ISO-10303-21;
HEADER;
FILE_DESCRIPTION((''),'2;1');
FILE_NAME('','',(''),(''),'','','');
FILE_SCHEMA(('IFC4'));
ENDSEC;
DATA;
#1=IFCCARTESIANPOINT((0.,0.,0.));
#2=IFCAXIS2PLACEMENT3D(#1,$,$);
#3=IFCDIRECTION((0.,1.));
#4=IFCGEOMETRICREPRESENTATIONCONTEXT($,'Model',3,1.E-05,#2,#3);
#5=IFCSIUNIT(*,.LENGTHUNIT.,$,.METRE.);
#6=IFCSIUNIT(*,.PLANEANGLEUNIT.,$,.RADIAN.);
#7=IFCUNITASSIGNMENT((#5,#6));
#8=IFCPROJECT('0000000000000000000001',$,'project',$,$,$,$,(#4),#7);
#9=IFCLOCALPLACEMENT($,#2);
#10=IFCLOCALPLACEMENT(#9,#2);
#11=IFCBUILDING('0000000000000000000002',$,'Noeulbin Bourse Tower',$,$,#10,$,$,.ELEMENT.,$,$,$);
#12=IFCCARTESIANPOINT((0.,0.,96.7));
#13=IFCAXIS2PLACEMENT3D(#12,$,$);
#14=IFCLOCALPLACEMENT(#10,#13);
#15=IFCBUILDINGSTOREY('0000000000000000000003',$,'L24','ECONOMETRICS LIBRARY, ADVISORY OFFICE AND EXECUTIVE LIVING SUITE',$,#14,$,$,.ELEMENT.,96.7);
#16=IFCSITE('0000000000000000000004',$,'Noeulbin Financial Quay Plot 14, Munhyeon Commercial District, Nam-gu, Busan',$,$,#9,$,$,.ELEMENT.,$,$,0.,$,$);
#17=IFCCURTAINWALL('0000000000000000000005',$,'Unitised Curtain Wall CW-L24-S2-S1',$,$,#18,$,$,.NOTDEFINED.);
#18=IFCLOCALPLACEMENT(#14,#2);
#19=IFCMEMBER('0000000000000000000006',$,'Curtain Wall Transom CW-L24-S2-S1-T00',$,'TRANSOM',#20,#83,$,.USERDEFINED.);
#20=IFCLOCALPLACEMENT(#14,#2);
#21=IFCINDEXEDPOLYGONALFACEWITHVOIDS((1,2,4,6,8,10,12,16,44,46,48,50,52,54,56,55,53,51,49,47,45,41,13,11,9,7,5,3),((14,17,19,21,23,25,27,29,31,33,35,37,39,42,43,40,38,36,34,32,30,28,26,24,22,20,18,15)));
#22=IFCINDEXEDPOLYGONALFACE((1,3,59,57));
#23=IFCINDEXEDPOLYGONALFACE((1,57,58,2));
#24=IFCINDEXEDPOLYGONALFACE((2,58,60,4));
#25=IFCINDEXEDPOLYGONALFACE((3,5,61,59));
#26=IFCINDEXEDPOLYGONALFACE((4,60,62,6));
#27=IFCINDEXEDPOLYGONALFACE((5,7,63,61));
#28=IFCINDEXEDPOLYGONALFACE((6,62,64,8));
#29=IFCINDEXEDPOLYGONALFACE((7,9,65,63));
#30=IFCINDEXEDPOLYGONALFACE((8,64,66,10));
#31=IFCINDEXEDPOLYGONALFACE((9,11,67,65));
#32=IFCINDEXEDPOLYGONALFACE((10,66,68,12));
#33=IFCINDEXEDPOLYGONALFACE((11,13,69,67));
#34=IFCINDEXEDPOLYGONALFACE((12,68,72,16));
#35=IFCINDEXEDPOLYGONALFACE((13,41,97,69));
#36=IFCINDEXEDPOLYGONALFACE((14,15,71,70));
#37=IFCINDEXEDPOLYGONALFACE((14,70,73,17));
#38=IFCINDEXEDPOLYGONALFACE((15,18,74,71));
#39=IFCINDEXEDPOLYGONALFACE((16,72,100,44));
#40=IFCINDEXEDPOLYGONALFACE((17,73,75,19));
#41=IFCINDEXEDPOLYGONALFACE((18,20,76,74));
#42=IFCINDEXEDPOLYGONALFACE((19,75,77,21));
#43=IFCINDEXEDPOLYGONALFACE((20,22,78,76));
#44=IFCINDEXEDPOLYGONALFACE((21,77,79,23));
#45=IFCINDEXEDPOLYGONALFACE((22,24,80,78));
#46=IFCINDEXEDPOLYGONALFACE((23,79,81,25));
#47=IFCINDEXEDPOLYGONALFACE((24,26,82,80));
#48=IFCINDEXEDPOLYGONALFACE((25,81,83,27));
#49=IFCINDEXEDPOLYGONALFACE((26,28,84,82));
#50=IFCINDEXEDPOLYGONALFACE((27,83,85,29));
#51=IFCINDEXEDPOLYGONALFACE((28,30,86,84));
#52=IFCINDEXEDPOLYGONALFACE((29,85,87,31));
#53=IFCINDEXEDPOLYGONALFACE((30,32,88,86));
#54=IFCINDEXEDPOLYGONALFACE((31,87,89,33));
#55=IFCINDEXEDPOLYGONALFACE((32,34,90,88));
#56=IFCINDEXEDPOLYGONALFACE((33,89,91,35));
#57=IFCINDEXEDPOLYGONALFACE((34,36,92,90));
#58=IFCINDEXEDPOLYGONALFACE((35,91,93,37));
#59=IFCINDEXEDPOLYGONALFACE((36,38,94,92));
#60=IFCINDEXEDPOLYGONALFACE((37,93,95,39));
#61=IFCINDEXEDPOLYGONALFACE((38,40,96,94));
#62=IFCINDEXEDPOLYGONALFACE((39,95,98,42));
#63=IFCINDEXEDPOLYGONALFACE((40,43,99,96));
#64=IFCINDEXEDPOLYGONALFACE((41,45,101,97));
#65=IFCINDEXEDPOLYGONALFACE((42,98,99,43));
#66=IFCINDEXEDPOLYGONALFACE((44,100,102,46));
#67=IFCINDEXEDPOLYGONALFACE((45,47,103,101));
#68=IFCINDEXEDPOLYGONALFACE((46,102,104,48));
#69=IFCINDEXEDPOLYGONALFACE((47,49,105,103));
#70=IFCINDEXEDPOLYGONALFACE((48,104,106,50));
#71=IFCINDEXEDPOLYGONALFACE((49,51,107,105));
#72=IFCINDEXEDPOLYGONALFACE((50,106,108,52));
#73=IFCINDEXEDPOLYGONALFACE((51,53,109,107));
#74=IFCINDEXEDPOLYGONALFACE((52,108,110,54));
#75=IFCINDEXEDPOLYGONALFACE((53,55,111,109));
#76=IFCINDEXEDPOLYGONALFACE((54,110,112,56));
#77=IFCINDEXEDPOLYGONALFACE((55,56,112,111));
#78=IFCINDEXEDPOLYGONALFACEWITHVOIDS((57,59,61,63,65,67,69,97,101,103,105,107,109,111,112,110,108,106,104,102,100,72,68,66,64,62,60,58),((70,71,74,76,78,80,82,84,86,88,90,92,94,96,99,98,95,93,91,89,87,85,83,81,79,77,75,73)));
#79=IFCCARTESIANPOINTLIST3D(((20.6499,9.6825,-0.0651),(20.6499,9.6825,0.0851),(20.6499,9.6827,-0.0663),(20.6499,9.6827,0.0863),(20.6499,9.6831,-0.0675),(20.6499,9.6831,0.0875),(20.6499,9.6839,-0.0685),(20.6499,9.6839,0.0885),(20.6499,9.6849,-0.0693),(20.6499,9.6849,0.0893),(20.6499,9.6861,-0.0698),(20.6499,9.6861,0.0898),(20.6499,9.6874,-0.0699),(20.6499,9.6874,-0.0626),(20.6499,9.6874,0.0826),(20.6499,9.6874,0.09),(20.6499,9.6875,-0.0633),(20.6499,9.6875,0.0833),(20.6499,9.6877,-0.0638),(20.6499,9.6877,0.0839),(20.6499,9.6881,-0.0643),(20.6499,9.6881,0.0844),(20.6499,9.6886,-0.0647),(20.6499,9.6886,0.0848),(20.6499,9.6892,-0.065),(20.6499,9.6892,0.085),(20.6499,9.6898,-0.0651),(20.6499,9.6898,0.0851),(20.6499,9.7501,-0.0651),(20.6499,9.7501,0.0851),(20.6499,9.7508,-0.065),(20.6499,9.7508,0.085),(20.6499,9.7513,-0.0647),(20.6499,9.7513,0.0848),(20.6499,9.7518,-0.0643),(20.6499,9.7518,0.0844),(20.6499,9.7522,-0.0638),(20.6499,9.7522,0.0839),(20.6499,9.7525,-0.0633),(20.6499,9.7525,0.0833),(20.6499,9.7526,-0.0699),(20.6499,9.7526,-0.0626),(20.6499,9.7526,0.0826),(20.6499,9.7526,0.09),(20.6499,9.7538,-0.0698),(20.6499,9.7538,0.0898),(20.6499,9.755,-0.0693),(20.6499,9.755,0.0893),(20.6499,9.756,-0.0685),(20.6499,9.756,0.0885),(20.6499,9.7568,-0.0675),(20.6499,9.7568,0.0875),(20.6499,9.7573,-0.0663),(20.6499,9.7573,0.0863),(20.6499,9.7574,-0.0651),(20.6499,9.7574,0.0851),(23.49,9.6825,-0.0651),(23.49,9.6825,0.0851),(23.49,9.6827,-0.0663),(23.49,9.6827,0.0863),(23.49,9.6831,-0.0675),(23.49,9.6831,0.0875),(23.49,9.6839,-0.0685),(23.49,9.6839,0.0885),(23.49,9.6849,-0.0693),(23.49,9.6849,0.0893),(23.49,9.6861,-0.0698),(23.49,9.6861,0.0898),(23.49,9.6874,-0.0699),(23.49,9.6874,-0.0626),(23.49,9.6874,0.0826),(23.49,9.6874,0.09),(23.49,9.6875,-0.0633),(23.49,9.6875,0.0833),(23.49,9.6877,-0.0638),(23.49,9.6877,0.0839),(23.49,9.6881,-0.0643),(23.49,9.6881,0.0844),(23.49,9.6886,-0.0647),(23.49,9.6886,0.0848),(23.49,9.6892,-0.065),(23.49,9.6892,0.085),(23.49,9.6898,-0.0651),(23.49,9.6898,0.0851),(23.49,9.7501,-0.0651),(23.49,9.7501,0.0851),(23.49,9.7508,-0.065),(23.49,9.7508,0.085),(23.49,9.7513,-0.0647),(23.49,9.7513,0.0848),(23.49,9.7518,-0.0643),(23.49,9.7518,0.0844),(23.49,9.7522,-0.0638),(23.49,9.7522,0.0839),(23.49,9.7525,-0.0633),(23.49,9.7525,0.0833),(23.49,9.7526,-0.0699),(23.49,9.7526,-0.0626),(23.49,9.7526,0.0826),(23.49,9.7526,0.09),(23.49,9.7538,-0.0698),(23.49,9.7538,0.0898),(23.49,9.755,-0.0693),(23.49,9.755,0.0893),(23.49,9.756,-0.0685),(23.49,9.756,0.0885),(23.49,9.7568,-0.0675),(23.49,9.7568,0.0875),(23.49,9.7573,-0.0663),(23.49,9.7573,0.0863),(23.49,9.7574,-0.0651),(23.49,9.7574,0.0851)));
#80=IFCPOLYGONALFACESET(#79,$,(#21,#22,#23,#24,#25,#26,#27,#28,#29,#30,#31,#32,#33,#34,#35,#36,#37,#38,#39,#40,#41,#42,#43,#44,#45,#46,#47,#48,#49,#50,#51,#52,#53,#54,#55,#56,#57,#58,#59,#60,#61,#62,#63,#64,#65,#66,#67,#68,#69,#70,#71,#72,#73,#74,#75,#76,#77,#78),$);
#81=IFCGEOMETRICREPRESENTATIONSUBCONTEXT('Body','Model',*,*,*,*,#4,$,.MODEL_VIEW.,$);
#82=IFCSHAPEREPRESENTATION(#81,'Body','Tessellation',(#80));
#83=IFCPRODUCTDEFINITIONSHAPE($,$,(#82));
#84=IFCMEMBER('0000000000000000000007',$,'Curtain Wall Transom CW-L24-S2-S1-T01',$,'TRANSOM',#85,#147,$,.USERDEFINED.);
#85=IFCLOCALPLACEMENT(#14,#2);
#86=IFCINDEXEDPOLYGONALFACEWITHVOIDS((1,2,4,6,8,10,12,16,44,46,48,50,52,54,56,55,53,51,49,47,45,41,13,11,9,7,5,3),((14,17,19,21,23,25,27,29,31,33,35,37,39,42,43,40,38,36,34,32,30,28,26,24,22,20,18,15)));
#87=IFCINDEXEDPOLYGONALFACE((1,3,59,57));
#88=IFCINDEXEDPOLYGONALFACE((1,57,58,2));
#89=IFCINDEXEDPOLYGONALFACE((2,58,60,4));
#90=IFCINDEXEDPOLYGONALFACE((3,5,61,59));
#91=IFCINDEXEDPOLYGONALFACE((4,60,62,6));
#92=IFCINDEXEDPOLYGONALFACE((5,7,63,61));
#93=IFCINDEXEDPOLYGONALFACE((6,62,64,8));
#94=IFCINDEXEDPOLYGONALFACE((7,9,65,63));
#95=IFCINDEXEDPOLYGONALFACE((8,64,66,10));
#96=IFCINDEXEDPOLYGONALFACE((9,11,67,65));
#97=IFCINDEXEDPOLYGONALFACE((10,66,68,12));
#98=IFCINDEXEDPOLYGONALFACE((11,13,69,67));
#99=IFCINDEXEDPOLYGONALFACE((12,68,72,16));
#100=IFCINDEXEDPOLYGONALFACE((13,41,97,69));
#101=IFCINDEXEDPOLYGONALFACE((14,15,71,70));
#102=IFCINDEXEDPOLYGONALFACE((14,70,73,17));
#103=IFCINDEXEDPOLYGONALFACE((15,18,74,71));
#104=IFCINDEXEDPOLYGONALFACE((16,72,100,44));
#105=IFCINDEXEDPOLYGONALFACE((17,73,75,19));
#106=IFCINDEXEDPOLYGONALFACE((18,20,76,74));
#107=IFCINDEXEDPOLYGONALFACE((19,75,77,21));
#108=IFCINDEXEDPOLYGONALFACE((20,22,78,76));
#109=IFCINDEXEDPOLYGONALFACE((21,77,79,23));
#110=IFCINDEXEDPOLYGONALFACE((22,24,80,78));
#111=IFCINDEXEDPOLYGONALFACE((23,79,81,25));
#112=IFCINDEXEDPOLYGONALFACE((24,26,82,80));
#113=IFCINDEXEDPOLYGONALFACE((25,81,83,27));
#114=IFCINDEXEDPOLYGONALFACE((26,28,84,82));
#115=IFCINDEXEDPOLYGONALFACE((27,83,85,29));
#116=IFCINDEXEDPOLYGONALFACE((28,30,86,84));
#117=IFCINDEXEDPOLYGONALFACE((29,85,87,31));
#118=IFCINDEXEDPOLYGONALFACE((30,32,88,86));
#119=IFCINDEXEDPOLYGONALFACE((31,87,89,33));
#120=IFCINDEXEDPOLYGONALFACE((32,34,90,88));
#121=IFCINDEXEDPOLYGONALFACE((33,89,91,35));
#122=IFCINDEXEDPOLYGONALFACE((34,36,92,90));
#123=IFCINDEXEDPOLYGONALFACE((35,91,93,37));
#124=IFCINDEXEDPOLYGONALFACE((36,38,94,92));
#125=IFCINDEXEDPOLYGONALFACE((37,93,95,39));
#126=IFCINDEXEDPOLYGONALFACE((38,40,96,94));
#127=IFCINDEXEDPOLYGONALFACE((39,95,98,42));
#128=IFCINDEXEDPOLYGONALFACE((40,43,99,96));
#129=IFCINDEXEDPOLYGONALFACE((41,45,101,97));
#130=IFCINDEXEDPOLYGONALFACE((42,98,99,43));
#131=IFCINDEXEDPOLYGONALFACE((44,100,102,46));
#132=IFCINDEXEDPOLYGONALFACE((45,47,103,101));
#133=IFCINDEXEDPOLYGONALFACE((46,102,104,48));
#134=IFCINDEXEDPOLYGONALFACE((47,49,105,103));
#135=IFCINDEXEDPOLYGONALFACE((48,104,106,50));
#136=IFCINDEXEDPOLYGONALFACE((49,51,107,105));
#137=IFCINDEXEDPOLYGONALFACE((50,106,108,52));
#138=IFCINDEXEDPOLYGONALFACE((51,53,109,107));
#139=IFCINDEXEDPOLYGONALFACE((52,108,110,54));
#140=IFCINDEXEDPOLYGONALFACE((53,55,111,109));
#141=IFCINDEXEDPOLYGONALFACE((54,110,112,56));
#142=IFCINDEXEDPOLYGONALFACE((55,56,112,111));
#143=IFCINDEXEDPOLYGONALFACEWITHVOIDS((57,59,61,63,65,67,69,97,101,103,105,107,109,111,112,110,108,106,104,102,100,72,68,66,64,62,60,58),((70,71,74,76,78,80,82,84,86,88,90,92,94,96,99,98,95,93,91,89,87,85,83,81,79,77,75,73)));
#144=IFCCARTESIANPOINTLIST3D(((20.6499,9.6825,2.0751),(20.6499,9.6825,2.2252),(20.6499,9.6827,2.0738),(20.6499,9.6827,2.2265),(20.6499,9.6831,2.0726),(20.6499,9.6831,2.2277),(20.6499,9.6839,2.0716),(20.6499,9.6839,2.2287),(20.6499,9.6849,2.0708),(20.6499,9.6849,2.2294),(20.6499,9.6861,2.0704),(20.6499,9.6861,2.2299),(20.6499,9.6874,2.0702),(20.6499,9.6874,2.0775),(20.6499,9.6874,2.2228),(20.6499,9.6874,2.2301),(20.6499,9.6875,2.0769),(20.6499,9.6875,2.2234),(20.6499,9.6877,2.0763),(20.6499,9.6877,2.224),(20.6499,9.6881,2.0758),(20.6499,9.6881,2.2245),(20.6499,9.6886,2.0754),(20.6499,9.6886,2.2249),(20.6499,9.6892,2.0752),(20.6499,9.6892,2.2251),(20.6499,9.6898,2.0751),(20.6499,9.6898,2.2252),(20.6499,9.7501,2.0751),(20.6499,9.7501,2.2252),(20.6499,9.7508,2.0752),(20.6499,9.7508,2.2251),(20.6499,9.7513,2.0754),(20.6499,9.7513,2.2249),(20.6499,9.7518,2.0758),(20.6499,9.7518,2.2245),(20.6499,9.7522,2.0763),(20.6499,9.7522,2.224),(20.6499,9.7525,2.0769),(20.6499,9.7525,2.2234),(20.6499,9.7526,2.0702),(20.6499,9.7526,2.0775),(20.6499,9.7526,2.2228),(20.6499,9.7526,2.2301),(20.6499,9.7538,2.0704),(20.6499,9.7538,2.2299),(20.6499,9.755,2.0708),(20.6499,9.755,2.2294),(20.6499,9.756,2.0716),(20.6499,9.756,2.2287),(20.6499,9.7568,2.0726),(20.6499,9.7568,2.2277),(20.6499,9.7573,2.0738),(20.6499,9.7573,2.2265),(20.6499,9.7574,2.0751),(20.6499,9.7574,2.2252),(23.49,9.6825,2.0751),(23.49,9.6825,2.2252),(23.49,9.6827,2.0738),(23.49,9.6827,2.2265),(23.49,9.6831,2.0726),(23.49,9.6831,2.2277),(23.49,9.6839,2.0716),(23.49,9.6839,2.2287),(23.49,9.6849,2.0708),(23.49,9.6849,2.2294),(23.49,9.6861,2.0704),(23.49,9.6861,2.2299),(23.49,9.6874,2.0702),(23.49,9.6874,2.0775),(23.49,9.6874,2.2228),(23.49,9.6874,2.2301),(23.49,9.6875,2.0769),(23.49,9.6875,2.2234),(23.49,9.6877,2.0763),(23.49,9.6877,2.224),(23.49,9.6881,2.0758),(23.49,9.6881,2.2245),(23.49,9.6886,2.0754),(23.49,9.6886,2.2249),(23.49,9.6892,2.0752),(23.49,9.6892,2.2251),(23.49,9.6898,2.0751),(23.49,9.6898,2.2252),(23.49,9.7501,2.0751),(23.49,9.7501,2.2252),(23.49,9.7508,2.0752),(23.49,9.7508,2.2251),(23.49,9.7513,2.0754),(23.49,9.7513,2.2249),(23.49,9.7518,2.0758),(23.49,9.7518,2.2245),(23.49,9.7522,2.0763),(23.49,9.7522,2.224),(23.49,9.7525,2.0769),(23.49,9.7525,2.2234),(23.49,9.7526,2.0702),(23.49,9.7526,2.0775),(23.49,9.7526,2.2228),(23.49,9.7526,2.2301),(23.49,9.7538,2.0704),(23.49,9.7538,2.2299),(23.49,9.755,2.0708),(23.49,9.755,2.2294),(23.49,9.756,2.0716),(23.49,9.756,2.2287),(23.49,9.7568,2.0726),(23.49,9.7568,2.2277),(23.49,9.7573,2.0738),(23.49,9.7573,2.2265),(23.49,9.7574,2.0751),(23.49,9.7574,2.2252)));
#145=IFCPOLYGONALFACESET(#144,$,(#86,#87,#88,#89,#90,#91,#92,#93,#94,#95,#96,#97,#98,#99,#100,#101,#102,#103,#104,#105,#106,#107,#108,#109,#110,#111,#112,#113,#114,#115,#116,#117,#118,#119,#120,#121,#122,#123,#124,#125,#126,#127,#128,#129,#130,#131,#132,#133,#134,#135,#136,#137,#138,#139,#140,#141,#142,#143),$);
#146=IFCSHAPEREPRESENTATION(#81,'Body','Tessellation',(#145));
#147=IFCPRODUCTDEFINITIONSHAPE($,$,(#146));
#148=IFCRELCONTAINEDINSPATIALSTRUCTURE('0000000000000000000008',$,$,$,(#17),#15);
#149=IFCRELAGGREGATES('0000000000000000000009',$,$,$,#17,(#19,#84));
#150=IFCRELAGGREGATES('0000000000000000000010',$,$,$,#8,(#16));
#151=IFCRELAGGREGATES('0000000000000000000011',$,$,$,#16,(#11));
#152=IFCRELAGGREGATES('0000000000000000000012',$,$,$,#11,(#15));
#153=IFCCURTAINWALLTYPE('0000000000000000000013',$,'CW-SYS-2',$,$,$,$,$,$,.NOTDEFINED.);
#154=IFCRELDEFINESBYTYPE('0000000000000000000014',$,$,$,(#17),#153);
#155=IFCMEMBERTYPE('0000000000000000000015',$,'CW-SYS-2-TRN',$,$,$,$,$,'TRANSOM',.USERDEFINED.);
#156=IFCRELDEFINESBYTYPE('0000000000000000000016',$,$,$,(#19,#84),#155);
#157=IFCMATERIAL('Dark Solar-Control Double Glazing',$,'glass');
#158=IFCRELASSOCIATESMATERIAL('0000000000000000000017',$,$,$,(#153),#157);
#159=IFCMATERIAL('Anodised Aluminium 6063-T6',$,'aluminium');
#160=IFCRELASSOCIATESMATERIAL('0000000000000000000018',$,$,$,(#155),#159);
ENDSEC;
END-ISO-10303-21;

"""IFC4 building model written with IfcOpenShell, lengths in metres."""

from ifc_helpers import new_model, si_unit, direction, frame, origin, origin_2d, place, context, subcontext, project, spatial, hollow_rectangle, extrude, material, material_profile, profile_set, type_object, element, aggregate, save


model = new_model("IFC4")

# Units and contexts
model_context = context("Model", 3, precision=1e-05, world=origin(), true_north=direction((0.0, 1.0)))
body_context = subcontext(model_context, "Body", "Model", "MODEL_VIEW")
ifc_project = project(units=[si_unit("LENGTHUNIT", "METRE"), si_unit("PLANEANGLEUNIT", "RADIAN")], contexts=[model_context])

# Site, building, storey
site_placement = place(None, origin())
site = spatial("IfcSite", under=ifc_project, at=site_placement, Name="Noeulbin Financial Quay Plot 14, Munhyeon Commercial District, Nam-gu, Busan", CompositionType="ELEMENT", RefElevation=0.0)
building_placement = place(site_placement, origin())
building = spatial("IfcBuilding", under=site, at=building_placement, Name="Noeulbin Bourse Tower", CompositionType="ELEMENT")
storey_placement = place(building_placement, frame((0.0, 0.0, 96.7)))
storey = spatial("IfcBuildingStorey", under=building, at=storey_placement, Name="L24", Description="ECONOMETRICS LIBRARY, ADVISORY OFFICE AND EXECUTIVE LIVING SUITE", CompositionType="ELEMENT", Elevation=96.7)

# Curtain wall
ifc_material_1 = material(Name="Dark Solar-Control Double Glazing", Category="glass")
curtain_wall_type = type_object("IfcCurtainWallType", Name="CW-SYS-2", PredefinedType="NOTDEFINED", material=ifc_material_1)
curtain_wall_1_placement = place(storey_placement, origin())
curtain_wall_1 = element("IfcCurtainWall", 1, at=curtain_wall_1_placement, inside=storey, type_object=curtain_wall_type, Name="Unitised Curtain Wall CW-L24-S2-S1", PredefinedType="NOTDEFINED")
ifc_material_2 = material(Name="Anodised Aluminium 6063-T6", Category="aluminium")

# Members
ifc_material_profile_1 = material_profile(ifc_material_2, hollow_rectangle(XDim=0.075, YDim=0.1599, WallThickness=0.0049, InnerFilletRadius=0.0024, OuterFilletRadius=0.0049, at=origin_2d()), Name="ALU-TRAN-75x160x5", Category="LoadBearing")
ifc_profile_set_1 = profile_set([ifc_material_profile_1], Name="Anodised Aluminium 6063-T6")
member_type_1 = type_object("IfcMemberType", Name="CW-SYS-2-TRN", ElementType="TRANSOM", PredefinedType="USERDEFINED", material=ifc_profile_set_1)
member_1_placement = place(storey_placement, frame((20.6499, 9.72, 0.01), z_axis=(1.0, 0.0, 0.0), x_axis=(0.0, 1.0, 0.0)))
member_1 = element("IfcMember", 2, at=member_1_placement, type_object=member_type_1, Name="Curtain Wall Transom CW-L24-S2-S1-T00", ObjectType="TRANSOM", PredefinedType="USERDEFINED", context=body_context, shape_type="SweptSolid", body=[
    extrude(hollow_rectangle(XDim=0.075, YDim=0.1599, WallThickness=0.0049, InnerFilletRadius=0.0024, OuterFilletRadius=0.0049, at=origin_2d()), origin(), (0.0, 0.0, 1.0), 2.8401),
])
member_2_placement = place(storey_placement, frame((20.6499, 9.72, 2.1501), z_axis=(1.0, 0.0, 0.0), x_axis=(0.0, 1.0, 0.0)))
member_2 = element("IfcMember", 3, at=member_2_placement, type_object=member_type_1, Name="Curtain Wall Transom CW-L24-S2-S1-T01", ObjectType="TRANSOM", PredefinedType="USERDEFINED", context=body_context, shape_type="SweptSolid", body=[
    extrude(hollow_rectangle(XDim=0.075, YDim=0.1599, WallThickness=0.0049, InnerFilletRadius=0.0024, OuterFilletRadius=0.0049, at=origin_2d()), origin(), (0.0, 0.0, 1.0), 2.8401),
])

aggregate(curtain_wall_1, [member_1, member_2])

save(model, "model.ifc")
